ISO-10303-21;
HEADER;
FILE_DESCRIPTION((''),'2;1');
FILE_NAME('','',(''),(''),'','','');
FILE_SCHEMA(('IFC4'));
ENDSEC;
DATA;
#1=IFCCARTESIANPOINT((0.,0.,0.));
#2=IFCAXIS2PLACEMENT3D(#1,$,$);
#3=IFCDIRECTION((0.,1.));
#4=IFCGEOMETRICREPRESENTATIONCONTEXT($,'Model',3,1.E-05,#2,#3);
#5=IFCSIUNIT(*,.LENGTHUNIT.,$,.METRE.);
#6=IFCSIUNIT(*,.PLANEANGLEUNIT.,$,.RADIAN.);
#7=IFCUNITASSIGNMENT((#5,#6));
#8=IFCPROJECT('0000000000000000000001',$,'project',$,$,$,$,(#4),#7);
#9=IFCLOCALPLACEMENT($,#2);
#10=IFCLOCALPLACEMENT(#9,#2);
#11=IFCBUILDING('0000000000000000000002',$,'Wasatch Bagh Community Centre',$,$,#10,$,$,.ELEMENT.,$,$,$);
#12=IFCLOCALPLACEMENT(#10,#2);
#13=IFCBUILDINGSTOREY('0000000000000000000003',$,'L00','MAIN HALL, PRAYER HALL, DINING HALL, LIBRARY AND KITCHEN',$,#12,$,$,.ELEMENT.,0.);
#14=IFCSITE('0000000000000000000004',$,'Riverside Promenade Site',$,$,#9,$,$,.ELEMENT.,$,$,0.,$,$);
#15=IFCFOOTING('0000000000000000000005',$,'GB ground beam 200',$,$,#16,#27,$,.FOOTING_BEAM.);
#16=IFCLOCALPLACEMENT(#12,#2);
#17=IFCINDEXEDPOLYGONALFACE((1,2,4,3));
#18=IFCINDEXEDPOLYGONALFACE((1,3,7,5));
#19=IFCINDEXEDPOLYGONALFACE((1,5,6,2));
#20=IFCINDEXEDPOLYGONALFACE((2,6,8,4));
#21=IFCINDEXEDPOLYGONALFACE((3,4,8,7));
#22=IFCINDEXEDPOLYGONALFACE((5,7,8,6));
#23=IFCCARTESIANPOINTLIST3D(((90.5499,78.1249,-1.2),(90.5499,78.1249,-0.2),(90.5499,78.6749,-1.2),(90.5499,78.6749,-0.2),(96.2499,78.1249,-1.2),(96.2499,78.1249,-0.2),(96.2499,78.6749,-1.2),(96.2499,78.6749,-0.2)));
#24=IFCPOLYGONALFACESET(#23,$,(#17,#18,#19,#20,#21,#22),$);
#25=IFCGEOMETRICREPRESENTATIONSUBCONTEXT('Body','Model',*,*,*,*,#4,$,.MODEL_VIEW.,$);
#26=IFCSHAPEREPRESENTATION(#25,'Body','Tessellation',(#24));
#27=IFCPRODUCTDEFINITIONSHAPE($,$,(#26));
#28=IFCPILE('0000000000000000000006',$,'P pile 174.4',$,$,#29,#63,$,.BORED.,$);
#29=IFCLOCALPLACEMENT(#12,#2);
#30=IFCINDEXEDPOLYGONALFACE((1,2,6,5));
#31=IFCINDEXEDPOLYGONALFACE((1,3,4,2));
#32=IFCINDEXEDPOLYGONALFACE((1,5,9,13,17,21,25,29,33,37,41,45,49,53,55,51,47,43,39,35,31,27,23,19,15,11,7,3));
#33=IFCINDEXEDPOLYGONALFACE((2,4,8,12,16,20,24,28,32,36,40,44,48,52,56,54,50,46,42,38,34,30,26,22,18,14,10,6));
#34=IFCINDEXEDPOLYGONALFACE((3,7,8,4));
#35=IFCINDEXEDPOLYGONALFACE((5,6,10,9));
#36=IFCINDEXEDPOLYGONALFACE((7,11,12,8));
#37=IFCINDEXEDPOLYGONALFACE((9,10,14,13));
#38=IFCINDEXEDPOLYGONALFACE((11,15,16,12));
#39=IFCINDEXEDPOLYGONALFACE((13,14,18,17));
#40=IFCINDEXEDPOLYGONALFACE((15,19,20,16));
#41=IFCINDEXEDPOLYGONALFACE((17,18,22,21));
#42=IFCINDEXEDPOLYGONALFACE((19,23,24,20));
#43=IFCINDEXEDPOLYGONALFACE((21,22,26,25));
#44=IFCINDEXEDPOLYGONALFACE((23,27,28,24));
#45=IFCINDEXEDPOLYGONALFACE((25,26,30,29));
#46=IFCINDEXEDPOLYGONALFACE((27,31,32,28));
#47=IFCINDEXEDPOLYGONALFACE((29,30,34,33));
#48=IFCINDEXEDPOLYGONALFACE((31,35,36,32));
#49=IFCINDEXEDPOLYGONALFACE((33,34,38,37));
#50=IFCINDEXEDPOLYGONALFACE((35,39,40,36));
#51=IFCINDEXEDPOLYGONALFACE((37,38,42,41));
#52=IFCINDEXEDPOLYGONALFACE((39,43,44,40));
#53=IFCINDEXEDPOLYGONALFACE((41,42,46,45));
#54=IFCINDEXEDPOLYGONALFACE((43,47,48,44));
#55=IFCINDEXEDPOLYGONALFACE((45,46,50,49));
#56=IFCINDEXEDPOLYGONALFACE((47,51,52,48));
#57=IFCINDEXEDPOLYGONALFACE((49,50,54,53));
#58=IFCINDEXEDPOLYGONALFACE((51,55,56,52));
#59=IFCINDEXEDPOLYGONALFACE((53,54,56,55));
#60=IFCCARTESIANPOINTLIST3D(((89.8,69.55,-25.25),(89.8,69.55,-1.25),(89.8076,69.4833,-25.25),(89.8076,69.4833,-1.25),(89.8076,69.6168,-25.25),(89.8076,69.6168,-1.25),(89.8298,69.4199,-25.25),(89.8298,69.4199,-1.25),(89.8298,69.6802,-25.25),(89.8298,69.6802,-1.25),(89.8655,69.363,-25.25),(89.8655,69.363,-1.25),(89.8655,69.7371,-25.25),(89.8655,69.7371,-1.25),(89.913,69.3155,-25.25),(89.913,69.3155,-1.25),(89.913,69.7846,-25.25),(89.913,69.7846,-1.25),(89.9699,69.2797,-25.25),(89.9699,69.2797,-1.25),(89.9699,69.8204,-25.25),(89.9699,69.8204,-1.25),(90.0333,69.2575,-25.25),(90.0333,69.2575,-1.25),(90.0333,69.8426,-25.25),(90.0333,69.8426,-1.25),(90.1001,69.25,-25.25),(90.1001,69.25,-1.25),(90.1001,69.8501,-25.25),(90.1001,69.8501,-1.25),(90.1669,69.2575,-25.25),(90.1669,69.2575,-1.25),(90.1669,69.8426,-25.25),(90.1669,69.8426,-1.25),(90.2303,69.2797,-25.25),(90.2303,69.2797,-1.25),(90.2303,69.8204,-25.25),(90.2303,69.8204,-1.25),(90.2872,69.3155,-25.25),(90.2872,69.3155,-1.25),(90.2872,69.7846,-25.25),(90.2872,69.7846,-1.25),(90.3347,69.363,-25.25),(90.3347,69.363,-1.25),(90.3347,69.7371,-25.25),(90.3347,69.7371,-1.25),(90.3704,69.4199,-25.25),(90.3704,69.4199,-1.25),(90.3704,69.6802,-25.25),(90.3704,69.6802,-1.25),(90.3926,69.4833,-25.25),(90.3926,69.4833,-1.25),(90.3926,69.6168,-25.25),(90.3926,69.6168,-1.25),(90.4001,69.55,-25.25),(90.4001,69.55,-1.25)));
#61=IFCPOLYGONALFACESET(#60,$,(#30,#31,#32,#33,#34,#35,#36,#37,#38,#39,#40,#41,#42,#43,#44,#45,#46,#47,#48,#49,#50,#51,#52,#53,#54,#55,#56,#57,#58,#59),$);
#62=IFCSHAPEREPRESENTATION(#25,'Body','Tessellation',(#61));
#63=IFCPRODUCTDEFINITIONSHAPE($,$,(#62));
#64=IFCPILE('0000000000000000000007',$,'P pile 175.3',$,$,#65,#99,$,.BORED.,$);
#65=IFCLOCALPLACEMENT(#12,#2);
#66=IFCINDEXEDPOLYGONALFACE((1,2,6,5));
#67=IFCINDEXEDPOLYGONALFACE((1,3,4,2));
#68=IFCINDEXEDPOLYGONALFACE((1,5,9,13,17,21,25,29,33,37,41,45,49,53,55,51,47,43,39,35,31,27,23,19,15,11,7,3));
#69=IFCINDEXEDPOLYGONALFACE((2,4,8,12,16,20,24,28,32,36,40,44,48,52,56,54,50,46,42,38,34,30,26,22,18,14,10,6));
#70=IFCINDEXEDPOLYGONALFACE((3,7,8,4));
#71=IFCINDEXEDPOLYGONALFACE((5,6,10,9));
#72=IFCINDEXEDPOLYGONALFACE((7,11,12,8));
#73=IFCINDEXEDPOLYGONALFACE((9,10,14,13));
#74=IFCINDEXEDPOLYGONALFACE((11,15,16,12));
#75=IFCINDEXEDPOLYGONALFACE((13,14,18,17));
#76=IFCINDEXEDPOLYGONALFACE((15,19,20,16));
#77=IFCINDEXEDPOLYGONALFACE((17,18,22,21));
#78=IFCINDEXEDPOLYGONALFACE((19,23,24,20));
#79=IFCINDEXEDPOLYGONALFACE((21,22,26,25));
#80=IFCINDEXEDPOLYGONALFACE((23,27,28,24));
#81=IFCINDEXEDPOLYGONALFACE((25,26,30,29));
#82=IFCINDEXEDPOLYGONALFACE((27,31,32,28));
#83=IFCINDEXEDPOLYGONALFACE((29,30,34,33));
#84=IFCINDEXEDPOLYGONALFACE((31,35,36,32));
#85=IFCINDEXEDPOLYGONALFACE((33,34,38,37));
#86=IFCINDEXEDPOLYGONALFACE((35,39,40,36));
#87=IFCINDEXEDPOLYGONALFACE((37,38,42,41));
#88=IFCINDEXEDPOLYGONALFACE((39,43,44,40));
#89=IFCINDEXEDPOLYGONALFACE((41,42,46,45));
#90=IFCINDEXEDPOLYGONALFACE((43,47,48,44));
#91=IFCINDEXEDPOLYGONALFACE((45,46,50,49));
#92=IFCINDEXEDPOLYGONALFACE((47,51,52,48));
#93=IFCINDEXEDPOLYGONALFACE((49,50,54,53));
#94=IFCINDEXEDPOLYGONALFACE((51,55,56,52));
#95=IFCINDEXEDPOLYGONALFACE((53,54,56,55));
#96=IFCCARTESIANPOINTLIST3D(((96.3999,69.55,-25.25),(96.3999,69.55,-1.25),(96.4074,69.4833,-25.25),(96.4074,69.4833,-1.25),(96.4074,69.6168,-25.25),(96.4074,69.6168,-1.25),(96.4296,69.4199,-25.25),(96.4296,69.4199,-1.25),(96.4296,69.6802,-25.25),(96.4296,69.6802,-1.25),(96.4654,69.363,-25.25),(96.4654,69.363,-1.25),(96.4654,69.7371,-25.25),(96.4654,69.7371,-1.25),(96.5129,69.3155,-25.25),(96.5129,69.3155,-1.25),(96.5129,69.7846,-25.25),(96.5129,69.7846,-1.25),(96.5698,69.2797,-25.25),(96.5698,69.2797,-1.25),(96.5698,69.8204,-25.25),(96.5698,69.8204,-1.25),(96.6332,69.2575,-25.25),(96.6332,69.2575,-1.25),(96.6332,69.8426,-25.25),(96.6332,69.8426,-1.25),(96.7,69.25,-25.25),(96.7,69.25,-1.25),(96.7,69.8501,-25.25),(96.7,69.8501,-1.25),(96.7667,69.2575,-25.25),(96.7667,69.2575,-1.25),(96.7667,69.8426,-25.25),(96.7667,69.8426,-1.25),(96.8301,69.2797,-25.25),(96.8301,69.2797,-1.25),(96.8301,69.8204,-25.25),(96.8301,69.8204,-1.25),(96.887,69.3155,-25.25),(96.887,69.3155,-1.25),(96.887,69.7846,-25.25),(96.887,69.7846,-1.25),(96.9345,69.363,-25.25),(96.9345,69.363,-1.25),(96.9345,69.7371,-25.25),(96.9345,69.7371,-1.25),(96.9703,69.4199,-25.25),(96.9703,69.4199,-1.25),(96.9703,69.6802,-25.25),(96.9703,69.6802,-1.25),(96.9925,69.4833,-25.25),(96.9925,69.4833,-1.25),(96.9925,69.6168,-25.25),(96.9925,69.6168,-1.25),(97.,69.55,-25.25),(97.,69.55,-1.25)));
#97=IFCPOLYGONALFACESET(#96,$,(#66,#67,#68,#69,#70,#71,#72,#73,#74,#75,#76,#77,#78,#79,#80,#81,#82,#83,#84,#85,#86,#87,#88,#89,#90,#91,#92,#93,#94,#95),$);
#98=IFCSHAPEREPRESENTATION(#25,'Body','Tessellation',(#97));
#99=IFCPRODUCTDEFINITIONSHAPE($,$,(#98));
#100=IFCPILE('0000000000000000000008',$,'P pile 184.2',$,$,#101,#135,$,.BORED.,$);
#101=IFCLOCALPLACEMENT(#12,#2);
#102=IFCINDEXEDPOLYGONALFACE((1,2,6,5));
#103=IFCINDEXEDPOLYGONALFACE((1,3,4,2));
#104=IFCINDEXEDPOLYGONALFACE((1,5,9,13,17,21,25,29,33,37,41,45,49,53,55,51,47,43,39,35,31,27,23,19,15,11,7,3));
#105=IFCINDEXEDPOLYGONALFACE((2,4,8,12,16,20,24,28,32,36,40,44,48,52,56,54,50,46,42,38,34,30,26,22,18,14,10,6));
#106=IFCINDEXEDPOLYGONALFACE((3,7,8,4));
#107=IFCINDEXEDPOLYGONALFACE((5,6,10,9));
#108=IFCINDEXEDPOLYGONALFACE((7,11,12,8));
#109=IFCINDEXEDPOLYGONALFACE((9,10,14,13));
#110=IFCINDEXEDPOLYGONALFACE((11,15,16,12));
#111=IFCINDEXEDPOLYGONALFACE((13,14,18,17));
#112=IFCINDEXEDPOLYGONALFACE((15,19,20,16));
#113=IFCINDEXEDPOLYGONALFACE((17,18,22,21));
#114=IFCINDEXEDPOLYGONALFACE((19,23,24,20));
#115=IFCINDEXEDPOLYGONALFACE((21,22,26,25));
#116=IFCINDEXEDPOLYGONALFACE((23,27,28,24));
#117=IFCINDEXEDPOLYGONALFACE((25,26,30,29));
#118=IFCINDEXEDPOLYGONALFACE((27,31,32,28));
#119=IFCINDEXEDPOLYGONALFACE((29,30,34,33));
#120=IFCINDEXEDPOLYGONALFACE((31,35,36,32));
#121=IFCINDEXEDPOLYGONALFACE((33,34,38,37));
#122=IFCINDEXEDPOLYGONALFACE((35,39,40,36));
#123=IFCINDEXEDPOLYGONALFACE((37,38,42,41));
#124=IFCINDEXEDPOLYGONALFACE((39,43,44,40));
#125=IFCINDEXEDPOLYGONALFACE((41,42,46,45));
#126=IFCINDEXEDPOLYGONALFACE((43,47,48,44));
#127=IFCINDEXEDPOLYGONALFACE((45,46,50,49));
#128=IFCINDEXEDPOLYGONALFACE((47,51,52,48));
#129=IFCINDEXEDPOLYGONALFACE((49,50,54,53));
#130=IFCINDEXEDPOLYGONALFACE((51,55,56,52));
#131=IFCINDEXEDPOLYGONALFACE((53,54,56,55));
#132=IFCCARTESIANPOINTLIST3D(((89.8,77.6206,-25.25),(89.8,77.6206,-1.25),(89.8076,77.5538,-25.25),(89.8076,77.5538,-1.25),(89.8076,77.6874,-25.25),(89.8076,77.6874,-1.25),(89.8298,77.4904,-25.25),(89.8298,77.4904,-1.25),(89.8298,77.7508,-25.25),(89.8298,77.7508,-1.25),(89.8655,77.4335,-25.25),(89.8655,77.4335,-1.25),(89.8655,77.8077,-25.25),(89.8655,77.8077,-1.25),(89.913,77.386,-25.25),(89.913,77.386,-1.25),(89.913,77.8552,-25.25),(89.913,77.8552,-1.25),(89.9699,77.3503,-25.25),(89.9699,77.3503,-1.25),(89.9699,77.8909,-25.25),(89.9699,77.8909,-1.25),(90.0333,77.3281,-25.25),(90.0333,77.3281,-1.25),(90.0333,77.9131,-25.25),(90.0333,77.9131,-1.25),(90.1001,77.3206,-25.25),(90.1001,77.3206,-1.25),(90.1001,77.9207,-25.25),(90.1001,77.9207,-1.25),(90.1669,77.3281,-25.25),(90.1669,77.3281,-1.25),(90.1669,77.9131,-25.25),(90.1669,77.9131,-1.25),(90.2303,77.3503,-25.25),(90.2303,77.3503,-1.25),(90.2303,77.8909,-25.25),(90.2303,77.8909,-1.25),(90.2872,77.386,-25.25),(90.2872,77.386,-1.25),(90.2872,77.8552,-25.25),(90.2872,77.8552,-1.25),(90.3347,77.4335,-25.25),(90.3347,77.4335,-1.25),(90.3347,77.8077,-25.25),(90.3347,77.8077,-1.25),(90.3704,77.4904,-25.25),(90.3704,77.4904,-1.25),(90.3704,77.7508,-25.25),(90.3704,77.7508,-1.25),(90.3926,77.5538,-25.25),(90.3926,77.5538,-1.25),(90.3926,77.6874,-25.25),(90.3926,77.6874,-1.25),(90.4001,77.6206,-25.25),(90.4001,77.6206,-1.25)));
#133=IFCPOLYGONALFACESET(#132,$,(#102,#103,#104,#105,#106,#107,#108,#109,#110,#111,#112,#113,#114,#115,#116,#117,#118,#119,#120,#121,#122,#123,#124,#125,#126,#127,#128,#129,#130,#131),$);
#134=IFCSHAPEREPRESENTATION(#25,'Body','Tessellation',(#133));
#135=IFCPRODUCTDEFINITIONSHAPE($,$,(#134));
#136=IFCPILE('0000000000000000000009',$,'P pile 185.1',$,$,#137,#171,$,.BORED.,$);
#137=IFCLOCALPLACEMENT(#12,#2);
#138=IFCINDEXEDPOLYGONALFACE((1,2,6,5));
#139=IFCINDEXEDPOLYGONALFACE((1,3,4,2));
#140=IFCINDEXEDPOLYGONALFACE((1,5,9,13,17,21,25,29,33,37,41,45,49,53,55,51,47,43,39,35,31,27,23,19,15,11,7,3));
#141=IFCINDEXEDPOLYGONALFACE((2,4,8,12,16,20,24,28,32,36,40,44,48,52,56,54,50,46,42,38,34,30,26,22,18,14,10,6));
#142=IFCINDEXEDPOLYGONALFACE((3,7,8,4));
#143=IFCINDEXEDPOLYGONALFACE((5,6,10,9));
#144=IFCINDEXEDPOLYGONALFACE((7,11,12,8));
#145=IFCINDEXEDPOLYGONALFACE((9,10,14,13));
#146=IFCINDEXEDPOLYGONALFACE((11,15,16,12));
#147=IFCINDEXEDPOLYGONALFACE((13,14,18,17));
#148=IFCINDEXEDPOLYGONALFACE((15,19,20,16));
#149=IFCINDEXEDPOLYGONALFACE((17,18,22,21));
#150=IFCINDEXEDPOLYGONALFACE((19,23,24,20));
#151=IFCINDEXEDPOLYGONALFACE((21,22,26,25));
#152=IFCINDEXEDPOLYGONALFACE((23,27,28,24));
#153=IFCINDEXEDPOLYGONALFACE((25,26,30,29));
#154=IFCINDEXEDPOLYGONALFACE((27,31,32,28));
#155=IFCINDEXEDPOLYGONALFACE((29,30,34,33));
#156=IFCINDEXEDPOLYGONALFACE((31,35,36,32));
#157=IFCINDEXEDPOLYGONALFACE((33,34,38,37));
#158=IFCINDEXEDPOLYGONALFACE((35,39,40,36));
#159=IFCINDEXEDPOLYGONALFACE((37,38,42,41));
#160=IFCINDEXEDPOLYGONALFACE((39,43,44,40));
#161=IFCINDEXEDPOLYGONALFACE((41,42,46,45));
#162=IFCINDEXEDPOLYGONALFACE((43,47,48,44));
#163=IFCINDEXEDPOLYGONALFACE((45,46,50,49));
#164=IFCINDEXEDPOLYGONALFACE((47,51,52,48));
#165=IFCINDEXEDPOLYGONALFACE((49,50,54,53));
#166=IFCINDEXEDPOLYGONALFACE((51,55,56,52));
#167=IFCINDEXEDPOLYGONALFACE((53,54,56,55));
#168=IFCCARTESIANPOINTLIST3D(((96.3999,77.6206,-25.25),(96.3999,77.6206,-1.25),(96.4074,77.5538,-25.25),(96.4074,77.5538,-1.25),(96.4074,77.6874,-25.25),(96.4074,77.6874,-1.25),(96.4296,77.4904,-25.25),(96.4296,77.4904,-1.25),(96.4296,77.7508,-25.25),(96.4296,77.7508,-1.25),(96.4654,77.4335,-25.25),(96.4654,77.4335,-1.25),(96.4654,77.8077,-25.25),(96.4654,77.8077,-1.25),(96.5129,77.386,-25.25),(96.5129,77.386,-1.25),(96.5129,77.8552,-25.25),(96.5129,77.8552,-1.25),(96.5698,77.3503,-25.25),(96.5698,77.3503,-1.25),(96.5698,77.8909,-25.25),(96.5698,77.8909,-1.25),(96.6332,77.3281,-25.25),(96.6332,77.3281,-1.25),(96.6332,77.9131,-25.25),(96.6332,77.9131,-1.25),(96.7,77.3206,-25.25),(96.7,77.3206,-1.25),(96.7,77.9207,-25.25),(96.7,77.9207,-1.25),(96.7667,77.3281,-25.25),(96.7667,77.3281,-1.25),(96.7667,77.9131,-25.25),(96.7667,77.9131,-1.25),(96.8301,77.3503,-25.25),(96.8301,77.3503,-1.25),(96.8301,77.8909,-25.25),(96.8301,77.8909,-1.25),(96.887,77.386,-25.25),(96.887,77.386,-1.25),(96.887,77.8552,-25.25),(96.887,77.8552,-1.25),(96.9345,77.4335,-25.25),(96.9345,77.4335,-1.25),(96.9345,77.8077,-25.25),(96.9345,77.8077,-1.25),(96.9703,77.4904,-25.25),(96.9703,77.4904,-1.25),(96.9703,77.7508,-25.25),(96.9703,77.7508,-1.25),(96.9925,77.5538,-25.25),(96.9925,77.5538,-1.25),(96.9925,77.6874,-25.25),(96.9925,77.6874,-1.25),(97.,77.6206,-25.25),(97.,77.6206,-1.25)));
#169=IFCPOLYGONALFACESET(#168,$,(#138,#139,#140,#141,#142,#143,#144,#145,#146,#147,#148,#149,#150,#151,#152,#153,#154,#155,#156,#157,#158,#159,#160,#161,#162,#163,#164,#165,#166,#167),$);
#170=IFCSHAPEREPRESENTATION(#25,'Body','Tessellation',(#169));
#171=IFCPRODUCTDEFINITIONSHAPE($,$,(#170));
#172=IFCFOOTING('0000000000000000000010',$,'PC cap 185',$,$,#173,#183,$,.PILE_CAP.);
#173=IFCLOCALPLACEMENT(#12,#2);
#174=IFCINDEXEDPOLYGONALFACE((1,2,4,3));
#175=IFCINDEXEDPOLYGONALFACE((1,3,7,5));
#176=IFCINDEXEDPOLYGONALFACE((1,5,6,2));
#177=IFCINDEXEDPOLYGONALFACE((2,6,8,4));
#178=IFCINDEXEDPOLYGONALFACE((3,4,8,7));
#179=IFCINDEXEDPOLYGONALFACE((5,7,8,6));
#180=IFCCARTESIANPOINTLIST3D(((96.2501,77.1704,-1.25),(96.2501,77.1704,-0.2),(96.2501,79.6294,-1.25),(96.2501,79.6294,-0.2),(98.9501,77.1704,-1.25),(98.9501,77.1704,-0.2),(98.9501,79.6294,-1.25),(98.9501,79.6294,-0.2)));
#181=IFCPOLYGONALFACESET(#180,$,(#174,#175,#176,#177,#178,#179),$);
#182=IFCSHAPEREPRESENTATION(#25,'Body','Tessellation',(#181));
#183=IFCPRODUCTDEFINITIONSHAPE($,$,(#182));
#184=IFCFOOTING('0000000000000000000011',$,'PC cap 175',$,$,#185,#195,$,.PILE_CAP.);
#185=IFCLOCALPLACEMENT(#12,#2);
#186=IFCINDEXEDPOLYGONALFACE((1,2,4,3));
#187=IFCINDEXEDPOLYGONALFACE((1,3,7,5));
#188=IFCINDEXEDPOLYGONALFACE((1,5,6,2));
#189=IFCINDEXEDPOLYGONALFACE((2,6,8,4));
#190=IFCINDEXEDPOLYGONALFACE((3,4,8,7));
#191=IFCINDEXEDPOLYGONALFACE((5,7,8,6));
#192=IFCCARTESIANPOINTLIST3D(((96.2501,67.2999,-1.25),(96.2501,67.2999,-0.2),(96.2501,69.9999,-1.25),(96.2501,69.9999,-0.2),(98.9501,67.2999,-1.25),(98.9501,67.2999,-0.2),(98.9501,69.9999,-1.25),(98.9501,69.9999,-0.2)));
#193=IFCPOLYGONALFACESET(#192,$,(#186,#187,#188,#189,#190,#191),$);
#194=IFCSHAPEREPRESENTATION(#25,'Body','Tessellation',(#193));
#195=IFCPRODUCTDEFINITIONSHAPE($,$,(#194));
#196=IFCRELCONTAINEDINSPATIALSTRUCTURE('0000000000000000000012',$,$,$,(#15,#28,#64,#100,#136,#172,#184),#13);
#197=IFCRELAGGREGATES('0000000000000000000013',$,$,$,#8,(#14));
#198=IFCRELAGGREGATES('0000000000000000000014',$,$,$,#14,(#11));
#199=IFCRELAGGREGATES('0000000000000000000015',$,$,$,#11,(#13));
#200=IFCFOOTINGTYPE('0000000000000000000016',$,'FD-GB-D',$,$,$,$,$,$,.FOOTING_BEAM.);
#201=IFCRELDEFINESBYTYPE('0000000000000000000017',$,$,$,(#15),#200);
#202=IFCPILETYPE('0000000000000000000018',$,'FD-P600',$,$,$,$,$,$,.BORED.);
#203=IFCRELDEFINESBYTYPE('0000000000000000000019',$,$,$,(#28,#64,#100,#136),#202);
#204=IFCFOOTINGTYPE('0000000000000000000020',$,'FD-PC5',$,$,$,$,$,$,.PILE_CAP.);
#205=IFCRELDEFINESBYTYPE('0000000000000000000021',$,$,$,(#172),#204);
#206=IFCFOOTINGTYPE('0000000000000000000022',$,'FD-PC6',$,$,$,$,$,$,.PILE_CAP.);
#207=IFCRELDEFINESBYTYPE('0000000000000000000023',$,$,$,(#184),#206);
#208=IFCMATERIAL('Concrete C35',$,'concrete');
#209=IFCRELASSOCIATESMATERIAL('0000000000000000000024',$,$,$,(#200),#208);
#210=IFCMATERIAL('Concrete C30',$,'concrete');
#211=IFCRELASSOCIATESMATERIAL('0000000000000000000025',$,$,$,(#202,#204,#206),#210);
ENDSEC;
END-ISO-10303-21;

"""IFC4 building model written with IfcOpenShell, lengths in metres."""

from ifc_helpers import new_model, si_unit, direction, frame, origin, origin_2d, place, context, subcontext, project, spatial, rectangle, circle, extrude, material, material_profile, profile_set, type_object, element, save


model = new_model("IFC4")

# Units and contexts
model_context = context("Model", 3, precision=1e-05, world=origin(), true_north=direction((0.0, 1.0)))
body_context = subcontext(model_context, "Body", "Model", "MODEL_VIEW")
ifc_project = project(units=[si_unit("LENGTHUNIT", "METRE"), si_unit("PLANEANGLEUNIT", "RADIAN")], contexts=[model_context])

# Site, building, storey
site_placement = place(None, origin())
site = spatial("IfcSite", under=ifc_project, at=site_placement, Name="Riverside Promenade Site", CompositionType="ELEMENT", RefElevation=0.0)
building_placement = place(site_placement, origin())
building = spatial("IfcBuilding", under=site, at=building_placement, Name="Wasatch Bagh Community Centre", CompositionType="ELEMENT")
storey_placement = place(building_placement, origin())
storey = spatial("IfcBuildingStorey", under=building, at=storey_placement, Name="L00", Description="MAIN HALL, PRAYER HALL, DINING HALL, LIBRARY AND KITCHEN", CompositionType="ELEMENT", Elevation=0.0)

# Footing
ifc_material_1 = material(Name="Concrete C35", Category="concrete")
footing_type_1 = type_object("IfcFootingType", Name="FD-GB-D", PredefinedType="FOOTING_BEAM", material=ifc_material_1)
footing_1_placement = place(storey_placement, frame((93.3999, 78.3999, -1.2), z_axis=(0.0, 0.0, 1.0), x_axis=(1.0, 0.0, 0.0)))
element("IfcFooting", 1, at=footing_1_placement, inside=storey, type_object=footing_type_1, Name="GB ground beam 200", PredefinedType="FOOTING_BEAM", context=body_context, shape_type="SweptSolid", body=[
    extrude(rectangle(XDim=5.7, YDim=0.55, at=origin_2d()), origin(), (0.0, 0.0, 1.0), 1.0),
])

# Piles
ifc_material_2 = material(Name="Concrete C30", Category="concrete")
ifc_material_profile_1 = material_profile(ifc_material_2, circle(Radius=0.3, at=origin_2d()), Name="RC D600")
ifc_profile_set_1 = profile_set([ifc_material_profile_1], Name="Concrete C30")
pile_type = type_object("IfcPileType", Name="FD-P600", PredefinedType="BORED", material=ifc_profile_set_1)
for number, where, z_axis, x_axis, name in (
    (2, (90.1001, 69.55, -1.25), (0.0, 0.0, -1.0), (1.0, 0.0, 0.0), "P pile 174.4"),
    (3, (96.7, 69.55, -1.25), (0.0, 0.0, -1.0), (1.0, 0.0, 0.0), "P pile 175.3"),
    (4, (90.1001, 77.6206, -1.25), (0.0, 0.0, -1.0), (1.0, 0.0, 0.0), "P pile 184.2"),
    (5, (96.7, 77.6206, -1.25), (0.0, 0.0, -1.0), (1.0, 0.0, 0.0), "P pile 185.1"),
):
    element("IfcPile", number, at=place(storey_placement, frame(where, z_axis=z_axis, x_axis=x_axis)), inside=storey, type_object=pile_type, Name=name, PredefinedType="BORED", context=body_context, shape_type="SweptSolid", body=[
        extrude(circle(Radius=0.3, at=origin_2d()), origin(), (0.0, 0.0, 1.0), 24.0),
    ])

# Footings
footing_type_2 = type_object("IfcFootingType", Name="FD-PC5", PredefinedType="PILE_CAP", material=ifc_material_2)
footing_2_placement = place(storey_placement, frame((97.6001, 78.3999, -1.25), z_axis=(0.0, 0.0, 1.0), x_axis=(1.0, 0.0, 0.0)))
element("IfcFooting", 6, at=footing_2_placement, inside=storey, type_object=footing_type_2, Name="PC cap 185", PredefinedType="PILE_CAP", context=body_context, shape_type="SweptSolid", body=[
    extrude(rectangle(XDim=2.7, YDim=2.459, at=origin_2d()), origin(), (0.0, 0.0, 1.0), 1.05),
])
footing_type_3 = type_object("IfcFootingType", Name="FD-PC6", PredefinedType="PILE_CAP", material=ifc_material_2)
footing_3_placement = place(storey_placement, frame((97.6001, 68.6499, -1.25), z_axis=(0.0, 0.0, 1.0), x_axis=(1.0, 0.0, 0.0)))
element("IfcFooting", 7, at=footing_3_placement, inside=storey, type_object=footing_type_3, Name="PC cap 175", PredefinedType="PILE_CAP", context=body_context, shape_type="SweptSolid", body=[
    extrude(rectangle(XDim=2.7, YDim=2.7, at=origin_2d()), origin(), (0.0, 0.0, 1.0), 1.05),
])

save(model, "model.ifc")
